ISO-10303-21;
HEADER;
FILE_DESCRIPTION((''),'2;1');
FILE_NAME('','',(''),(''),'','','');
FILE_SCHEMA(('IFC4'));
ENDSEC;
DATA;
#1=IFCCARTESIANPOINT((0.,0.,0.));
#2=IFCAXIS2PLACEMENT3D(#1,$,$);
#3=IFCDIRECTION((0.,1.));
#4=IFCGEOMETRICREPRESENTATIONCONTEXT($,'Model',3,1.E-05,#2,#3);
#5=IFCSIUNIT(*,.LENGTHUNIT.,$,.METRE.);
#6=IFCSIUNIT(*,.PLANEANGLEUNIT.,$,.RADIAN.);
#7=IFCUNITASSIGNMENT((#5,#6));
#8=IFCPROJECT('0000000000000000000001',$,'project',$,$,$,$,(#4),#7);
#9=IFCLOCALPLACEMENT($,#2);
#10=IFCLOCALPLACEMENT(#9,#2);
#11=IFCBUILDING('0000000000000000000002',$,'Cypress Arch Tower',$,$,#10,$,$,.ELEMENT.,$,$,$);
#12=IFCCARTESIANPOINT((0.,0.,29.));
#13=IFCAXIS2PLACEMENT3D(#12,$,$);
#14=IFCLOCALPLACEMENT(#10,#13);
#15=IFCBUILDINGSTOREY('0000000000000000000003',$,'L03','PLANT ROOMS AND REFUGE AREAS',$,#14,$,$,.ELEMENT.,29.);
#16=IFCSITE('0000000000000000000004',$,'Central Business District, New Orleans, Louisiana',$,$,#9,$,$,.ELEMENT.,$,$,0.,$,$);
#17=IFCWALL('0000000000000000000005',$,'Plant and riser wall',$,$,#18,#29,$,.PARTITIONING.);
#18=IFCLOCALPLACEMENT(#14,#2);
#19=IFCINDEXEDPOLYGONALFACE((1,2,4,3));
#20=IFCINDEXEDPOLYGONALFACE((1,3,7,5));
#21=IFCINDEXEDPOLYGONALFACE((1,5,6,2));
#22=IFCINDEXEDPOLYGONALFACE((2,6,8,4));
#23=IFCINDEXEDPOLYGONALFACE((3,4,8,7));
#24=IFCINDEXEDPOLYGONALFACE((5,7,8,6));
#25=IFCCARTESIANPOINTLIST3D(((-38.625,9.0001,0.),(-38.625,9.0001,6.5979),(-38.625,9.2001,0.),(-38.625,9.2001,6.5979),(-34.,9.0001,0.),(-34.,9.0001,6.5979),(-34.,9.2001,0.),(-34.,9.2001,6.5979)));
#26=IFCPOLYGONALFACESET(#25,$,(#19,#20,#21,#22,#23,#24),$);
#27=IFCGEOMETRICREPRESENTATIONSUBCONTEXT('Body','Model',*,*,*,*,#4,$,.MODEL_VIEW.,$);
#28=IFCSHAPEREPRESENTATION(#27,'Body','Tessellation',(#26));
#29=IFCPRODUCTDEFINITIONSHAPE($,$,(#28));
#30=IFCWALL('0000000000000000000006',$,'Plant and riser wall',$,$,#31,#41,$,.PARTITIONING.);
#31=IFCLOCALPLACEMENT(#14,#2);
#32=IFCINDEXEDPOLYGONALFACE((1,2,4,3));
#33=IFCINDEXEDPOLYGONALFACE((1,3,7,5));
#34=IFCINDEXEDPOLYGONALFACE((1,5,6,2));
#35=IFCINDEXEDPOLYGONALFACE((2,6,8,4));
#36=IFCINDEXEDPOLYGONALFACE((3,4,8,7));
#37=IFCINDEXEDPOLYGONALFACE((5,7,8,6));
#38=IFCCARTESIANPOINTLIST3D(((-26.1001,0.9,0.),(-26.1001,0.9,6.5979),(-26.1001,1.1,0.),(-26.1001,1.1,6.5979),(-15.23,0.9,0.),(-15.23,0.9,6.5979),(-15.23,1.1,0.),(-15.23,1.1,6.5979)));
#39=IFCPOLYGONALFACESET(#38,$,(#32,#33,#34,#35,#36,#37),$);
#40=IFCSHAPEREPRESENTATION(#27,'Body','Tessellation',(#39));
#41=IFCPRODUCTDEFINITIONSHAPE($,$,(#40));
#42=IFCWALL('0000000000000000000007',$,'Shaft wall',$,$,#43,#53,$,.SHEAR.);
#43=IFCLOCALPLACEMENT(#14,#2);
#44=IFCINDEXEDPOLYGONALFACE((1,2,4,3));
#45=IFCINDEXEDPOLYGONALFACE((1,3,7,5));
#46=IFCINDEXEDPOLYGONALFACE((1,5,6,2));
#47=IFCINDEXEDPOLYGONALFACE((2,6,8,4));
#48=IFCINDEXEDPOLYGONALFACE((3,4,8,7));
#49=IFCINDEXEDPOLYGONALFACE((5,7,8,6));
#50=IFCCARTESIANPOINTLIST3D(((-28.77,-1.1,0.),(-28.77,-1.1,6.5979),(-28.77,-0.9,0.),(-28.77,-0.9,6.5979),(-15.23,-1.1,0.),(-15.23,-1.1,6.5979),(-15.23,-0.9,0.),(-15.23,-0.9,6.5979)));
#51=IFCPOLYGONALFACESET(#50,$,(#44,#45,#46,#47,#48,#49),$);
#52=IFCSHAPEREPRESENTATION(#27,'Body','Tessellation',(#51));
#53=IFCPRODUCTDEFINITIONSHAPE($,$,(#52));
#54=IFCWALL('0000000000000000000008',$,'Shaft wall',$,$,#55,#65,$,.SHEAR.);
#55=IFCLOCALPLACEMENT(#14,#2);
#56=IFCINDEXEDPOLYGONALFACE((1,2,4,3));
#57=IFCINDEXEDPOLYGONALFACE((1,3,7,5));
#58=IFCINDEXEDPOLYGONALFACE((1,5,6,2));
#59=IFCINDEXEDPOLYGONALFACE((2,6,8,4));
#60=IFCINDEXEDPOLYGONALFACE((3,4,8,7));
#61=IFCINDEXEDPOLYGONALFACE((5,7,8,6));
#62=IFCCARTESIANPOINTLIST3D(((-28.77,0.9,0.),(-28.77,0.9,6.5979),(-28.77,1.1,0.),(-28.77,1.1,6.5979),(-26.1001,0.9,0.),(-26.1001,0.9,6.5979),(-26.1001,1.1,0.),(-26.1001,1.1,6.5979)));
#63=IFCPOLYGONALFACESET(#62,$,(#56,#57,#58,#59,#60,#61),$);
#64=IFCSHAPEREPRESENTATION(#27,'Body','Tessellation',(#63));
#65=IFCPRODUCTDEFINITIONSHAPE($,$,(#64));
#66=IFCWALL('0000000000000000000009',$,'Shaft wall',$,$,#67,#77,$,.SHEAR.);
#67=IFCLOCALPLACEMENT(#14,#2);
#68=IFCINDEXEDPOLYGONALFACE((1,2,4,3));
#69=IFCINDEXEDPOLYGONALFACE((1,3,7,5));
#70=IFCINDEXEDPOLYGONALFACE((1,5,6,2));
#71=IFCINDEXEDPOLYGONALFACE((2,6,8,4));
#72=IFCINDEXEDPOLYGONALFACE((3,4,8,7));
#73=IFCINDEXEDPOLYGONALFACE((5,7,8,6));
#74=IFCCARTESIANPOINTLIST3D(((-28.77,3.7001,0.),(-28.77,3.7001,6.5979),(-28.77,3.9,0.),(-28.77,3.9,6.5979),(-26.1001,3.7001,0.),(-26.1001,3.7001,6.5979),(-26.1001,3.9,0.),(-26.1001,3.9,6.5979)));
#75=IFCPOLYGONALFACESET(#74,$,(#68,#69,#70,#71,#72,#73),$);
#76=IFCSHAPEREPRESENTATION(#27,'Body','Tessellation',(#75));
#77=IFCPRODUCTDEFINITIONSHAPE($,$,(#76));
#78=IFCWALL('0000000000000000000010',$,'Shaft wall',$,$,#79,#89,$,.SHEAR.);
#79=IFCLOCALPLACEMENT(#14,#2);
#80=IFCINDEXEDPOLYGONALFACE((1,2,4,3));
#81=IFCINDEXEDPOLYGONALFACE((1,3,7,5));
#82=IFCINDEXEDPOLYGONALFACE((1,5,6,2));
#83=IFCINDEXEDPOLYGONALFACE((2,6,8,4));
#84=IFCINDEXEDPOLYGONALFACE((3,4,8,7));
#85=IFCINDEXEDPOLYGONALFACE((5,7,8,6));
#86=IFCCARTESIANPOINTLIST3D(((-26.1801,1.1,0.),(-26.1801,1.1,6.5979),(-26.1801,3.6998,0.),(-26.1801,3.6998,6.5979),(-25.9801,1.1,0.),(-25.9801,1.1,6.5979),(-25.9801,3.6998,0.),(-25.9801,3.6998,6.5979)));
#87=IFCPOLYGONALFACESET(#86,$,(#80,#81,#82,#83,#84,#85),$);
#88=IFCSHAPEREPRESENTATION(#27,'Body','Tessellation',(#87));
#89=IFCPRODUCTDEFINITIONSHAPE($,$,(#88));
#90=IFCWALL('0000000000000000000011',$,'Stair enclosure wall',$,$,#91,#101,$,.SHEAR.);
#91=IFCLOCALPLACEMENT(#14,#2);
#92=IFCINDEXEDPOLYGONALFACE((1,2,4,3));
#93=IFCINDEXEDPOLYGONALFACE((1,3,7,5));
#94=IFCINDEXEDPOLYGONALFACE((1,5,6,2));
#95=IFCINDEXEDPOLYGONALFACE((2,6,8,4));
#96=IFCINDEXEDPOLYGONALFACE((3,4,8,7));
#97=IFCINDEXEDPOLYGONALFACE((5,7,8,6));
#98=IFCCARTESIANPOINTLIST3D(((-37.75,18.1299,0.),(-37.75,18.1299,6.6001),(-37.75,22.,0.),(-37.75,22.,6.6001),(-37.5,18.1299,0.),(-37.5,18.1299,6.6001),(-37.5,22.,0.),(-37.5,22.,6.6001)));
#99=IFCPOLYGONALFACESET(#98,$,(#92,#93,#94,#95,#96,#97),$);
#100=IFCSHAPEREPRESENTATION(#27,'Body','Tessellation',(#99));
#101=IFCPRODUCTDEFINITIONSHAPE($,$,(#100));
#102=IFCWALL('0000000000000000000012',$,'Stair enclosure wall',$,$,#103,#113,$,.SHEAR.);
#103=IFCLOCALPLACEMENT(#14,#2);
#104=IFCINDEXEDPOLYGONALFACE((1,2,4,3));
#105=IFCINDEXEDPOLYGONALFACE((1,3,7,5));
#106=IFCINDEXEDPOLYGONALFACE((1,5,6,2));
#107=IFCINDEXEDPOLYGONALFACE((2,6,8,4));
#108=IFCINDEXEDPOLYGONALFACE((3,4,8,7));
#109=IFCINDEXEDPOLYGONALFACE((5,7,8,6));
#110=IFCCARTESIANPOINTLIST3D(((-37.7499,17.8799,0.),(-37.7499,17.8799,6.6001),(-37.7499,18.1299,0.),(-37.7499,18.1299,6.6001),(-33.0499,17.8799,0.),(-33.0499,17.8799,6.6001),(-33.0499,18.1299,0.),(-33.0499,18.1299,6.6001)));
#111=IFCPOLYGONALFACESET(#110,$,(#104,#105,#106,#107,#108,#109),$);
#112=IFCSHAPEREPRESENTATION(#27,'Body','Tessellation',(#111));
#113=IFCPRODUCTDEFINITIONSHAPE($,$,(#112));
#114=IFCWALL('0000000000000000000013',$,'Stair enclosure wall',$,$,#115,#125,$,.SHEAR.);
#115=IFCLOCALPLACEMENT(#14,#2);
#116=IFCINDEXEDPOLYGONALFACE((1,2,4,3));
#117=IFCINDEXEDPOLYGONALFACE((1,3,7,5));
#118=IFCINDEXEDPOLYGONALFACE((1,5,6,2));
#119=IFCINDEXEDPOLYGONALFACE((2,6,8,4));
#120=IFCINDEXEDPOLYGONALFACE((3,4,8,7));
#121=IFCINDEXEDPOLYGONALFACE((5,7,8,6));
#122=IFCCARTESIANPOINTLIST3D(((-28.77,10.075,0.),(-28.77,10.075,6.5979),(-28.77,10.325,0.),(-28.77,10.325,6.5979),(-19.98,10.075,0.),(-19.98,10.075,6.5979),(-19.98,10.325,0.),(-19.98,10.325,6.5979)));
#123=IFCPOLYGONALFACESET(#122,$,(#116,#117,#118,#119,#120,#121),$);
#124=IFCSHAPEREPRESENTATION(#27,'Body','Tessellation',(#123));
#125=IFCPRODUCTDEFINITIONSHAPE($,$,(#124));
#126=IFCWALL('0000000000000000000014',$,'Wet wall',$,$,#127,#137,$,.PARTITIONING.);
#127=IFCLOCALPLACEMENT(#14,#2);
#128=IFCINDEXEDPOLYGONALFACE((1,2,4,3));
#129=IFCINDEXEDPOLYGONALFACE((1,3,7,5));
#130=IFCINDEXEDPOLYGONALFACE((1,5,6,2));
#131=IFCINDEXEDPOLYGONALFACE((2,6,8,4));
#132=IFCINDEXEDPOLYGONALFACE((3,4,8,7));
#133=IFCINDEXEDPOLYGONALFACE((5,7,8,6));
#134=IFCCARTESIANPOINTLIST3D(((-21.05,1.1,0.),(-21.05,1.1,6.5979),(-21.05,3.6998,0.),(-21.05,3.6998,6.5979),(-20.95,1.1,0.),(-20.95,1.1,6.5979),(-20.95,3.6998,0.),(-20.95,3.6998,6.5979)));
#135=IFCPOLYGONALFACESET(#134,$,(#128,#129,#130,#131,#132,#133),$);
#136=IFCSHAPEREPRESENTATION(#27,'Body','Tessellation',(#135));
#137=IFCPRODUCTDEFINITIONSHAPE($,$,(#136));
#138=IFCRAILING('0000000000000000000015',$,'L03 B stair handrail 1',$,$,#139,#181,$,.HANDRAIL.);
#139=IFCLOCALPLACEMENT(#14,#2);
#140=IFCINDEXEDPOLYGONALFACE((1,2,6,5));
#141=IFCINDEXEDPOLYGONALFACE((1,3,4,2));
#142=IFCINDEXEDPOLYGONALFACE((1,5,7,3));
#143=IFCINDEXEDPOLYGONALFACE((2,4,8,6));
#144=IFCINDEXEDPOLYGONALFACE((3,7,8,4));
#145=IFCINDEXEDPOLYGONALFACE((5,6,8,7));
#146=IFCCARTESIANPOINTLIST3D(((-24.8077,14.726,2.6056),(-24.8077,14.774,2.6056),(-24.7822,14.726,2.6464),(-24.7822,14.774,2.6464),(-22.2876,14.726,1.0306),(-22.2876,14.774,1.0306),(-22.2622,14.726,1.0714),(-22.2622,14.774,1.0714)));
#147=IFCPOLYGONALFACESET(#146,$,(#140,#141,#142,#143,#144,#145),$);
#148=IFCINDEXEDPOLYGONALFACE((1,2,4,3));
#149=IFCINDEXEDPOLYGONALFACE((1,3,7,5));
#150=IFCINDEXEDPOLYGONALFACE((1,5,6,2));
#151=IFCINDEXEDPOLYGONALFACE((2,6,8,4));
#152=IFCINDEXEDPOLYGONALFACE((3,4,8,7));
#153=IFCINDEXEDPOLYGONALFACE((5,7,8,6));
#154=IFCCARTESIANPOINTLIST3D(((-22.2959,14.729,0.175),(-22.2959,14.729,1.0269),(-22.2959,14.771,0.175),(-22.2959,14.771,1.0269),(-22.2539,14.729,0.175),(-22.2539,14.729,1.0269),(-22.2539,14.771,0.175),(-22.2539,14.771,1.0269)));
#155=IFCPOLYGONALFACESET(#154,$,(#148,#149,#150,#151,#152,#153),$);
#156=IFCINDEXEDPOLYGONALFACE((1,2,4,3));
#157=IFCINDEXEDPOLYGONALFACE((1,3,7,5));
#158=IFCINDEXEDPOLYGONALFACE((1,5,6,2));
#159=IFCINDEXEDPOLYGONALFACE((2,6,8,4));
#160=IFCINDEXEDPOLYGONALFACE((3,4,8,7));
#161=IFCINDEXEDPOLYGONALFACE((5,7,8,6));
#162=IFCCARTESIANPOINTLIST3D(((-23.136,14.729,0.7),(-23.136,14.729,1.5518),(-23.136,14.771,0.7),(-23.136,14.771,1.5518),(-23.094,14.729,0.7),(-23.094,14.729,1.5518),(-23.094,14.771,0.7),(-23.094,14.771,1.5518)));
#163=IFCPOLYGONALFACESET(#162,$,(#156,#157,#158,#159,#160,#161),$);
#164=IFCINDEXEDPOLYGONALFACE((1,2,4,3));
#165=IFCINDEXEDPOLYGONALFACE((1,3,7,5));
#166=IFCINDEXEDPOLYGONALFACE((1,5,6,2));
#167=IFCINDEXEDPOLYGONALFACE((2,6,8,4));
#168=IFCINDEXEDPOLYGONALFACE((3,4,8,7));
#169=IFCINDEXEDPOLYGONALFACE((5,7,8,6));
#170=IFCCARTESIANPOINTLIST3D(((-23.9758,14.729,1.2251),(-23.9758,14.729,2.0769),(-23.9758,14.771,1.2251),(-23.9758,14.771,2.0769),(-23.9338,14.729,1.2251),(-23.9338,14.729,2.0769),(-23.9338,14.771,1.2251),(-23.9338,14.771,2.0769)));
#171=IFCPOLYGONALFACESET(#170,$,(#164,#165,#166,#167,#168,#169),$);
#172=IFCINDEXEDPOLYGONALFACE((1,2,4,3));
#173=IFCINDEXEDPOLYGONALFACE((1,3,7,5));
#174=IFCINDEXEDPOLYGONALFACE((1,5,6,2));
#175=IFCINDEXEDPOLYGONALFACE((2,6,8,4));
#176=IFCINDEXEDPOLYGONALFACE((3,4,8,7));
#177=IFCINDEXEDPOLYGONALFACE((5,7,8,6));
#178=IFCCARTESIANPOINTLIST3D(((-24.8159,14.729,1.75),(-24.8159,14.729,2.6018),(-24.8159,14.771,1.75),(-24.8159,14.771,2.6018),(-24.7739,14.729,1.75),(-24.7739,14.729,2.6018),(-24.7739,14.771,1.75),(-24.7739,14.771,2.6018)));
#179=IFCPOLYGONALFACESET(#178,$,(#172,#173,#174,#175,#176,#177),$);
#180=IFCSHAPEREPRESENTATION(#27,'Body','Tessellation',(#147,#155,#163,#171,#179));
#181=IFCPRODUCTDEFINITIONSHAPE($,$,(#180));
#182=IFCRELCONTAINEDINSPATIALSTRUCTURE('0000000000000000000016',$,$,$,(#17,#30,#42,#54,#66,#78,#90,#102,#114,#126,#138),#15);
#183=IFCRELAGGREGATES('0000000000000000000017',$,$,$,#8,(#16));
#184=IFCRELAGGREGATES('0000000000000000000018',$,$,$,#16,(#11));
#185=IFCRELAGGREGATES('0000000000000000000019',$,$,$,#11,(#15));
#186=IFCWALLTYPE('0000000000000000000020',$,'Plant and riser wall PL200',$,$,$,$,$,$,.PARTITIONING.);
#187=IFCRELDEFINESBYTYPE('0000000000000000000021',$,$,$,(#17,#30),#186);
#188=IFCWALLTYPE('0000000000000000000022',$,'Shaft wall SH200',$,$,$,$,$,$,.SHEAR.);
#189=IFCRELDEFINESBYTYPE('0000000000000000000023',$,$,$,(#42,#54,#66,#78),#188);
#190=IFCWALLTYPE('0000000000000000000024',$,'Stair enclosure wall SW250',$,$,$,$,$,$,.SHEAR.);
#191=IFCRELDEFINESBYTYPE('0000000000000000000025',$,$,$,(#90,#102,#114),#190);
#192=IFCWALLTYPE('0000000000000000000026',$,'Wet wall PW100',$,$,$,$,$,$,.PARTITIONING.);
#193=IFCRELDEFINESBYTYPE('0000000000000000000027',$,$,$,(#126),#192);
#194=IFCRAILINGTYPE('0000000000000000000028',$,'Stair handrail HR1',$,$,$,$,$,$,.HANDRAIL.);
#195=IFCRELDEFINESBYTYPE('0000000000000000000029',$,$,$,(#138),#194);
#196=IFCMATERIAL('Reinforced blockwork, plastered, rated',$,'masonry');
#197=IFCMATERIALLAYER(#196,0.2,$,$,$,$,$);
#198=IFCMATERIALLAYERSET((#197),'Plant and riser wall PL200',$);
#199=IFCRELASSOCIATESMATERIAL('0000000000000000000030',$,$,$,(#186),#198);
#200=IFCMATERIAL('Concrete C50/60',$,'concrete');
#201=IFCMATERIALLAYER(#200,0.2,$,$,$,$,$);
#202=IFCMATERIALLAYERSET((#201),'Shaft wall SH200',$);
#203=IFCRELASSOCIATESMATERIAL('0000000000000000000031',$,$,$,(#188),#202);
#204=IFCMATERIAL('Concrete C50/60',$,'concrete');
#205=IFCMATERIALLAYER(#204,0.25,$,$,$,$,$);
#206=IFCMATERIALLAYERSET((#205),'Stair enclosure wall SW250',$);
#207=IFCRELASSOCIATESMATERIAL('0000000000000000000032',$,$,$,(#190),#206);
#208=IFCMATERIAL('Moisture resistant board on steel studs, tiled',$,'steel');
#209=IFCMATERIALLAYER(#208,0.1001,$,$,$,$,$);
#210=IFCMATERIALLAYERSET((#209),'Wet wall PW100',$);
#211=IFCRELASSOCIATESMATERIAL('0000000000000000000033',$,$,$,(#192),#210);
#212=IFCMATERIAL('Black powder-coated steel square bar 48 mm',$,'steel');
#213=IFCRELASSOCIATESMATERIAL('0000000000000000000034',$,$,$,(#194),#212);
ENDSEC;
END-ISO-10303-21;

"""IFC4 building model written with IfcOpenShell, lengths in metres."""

from ifc_helpers import new_model, si_unit, direction, frame, frame_2d, origin, origin_2d, place, context, subcontext, project, spatial, rectangle, extrude, material, layer, layer_set, type_object, element, save


model = new_model("IFC4")

# Units and contexts
model_context = context("Model", 3, precision=1e-05, world=origin(), true_north=direction((0.0, 1.0)))
body_context = subcontext(model_context, "Body", "Model", "MODEL_VIEW")
ifc_project = project(units=[si_unit("LENGTHUNIT", "METRE"), si_unit("PLANEANGLEUNIT", "RADIAN")], contexts=[model_context])

# Site, building, storey
site_placement = place(None, origin())
site = spatial("IfcSite", under=ifc_project, at=site_placement, Name="Central Business District, New Orleans, Louisiana", CompositionType="ELEMENT", RefElevation=0.0)
building_placement = place(site_placement, origin())
building = spatial("IfcBuilding", under=site, at=building_placement, Name="Cypress Arch Tower", CompositionType="ELEMENT")
storey_placement = place(building_placement, frame((0.0, 0.0, 29.0)))
storey = spatial("IfcBuildingStorey", under=building, at=storey_placement, Name="L03", Description="PLANT ROOMS AND REFUGE AREAS", CompositionType="ELEMENT", Elevation=29.0)

# Walls
ifc_material_1 = material(Name="Reinforced blockwork, plastered, rated", Category="masonry")
ifc_layer_1 = layer(ifc_material_1, 0.2)
ifc_layer_set_1 = layer_set([ifc_layer_1], Name="Plant and riser wall PL200")
wall_type_1 = type_object("IfcWallType", Name="Plant and riser wall PL200", PredefinedType="PARTITIONING", material=ifc_layer_set_1)
for number, where, z_axis, x_axis, name in (
    (1, (-38.625, 9.1001, 0.0), (0.0, 0.0, 1.0), (1.0, 0.0, 0.0), "Plant and riser wall"),
):
    element("IfcWall", number, at=place(storey_placement, frame(where, z_axis=z_axis, x_axis=x_axis)), inside=storey, type_object=wall_type_1, Name=name, PredefinedType="PARTITIONING", context=body_context, shape_type="SweptSolid", body=[
        extrude(rectangle(XDim=4.625, YDim=0.2, at=frame_2d((2.3125, 0.0))), origin(), (0.0, 0.0, 1.0), 6.5979),
    ])
wall_1_placement = place(storey_placement, frame((-26.1001, 1.0, 0.0), z_axis=(0.0, 0.0, 1.0), x_axis=(1.0, 0.0, 0.0)))
element("IfcWall", 2, at=wall_1_placement, inside=storey, type_object=wall_type_1, Name="Plant and riser wall", PredefinedType="PARTITIONING", context=body_context, shape_type="SweptSolid", body=[
    extrude(rectangle(XDim=10.8701, YDim=0.2, at=frame_2d((5.4351, 0.0))), origin(), (0.0, 0.0, 1.0), 6.5979),
])
ifc_material_2 = material(Name="Concrete C50/60", Category="concrete")
ifc_layer_2 = layer(ifc_material_2, 0.2)
ifc_layer_set_2 = layer_set([ifc_layer_2], Name="Shaft wall SH200")
wall_type_2 = type_object("IfcWallType", Name="Shaft wall SH200", PredefinedType="SHEAR", material=ifc_layer_set_2)
wall_2_placement = place(storey_placement, frame((-28.77, -1.0, 0.0), z_axis=(0.0, 0.0, 1.0), x_axis=(1.0, 0.0, 0.0)))
element("IfcWall", 3, at=wall_2_placement, inside=storey, type_object=wall_type_2, Name="Shaft wall", PredefinedType="SHEAR", context=body_context, shape_type="SweptSolid", body=[
    extrude(rectangle(XDim=13.54, YDim=0.2, at=frame_2d((6.77, 0.0))), origin(), (0.0, 0.0, 1.0), 6.5979),
])
for number, where, z_axis, x_axis, name in (
    (4, (-28.77, 1.0, 0.0), (0.0, 0.0, 1.0), (1.0, 0.0, 0.0), "Shaft wall"),
    (5, (-28.77, 3.8, 0.0), (0.0, 0.0, 1.0), (1.0, 0.0, 0.0), "Shaft wall"),
):
    element("IfcWall", number, at=place(storey_placement, frame(where, z_axis=z_axis, x_axis=x_axis)), inside=storey, type_object=wall_type_2, Name=name, PredefinedType="SHEAR", context=body_context, shape_type="SweptSolid", body=[
        extrude(rectangle(XDim=2.6699, YDim=0.2, at=frame_2d((1.335, 0.0))), origin(), (0.0, 0.0, 1.0), 6.5979),
    ])
wall_3_placement = place(storey_placement, frame((-26.0801, 1.1001, 0.0), z_axis=(0.0, 0.0, 1.0), x_axis=(0.0, 1.0, 0.0)))
element("IfcWall", 6, at=wall_3_placement, inside=storey, type_object=wall_type_2, Name="Shaft wall", PredefinedType="SHEAR", context=body_context, shape_type="SweptSolid", body=[
    extrude(rectangle(XDim=2.5999, YDim=0.2, at=frame_2d((1.2998, 0.0))), origin(), (0.0, 0.0, 1.0), 6.5979),
])
ifc_material_3 = material(Name="Concrete C50/60", Category="concrete")
ifc_layer_3 = layer(ifc_material_3, 0.25)
ifc_layer_set_3 = layer_set([ifc_layer_3], Name="Stair enclosure wall SW250")
wall_type_3 = type_object("IfcWallType", Name="Stair enclosure wall SW250", PredefinedType="SHEAR", material=ifc_layer_set_3)
wall_4_placement = place(storey_placement, frame((-37.625, 18.1299, 0.0), z_axis=(0.0, 0.0, 1.0), x_axis=(0.0, 1.0, 0.0)))
element("IfcWall", 7, at=wall_4_placement, inside=storey, type_object=wall_type_3, Name="Stair enclosure wall", PredefinedType="SHEAR", context=body_context, shape_type="SweptSolid", body=[
    extrude(rectangle(XDim=3.8701, YDim=0.25, at=frame_2d((1.9351, 0.0))), origin(), (0.0, 0.0, 1.0), 6.6001),
])
wall_5_placement = place(storey_placement, frame((-37.75, 18.0049, 0.0), z_axis=(0.0, 0.0, 1.0), x_axis=(1.0, 0.0, 0.0)))
element("IfcWall", 8, at=wall_5_placement, inside=storey, type_object=wall_type_3, Name="Stair enclosure wall", PredefinedType="SHEAR", context=body_context, shape_type="SweptSolid", body=[
    extrude(rectangle(XDim=4.7, YDim=0.25, at=frame_2d((2.3501, 0.0))), origin(), (0.0, 0.0, 1.0), 6.6001),
])
wall_6_placement = place(storey_placement, frame((-28.77, 10.2, 0.0), z_axis=(0.0, 0.0, 1.0), x_axis=(1.0, 0.0, 0.0)))
element("IfcWall", 9, at=wall_6_placement, inside=storey, type_object=wall_type_3, Name="Stair enclosure wall", PredefinedType="SHEAR", context=body_context, shape_type="SweptSolid", body=[
    extrude(rectangle(XDim=8.79, YDim=0.25, at=frame_2d((4.395, 0.0))), origin(), (0.0, 0.0, 1.0), 6.5979),
])
ifc_material_4 = material(Name="Moisture resistant board on steel studs, tiled", Category="steel")
ifc_layer_4 = layer(ifc_material_4, 0.1001)
ifc_layer_set_4 = layer_set([ifc_layer_4], Name="Wet wall PW100")
wall_type_4 = type_object("IfcWallType", Name="Wet wall PW100", PredefinedType="PARTITIONING", material=ifc_layer_set_4)
wall_7_placement = place(storey_placement, frame((-21.0, 1.1001, 0.0), z_axis=(0.0, 0.0, 1.0), x_axis=(0.0, 1.0, 0.0)))
element("IfcWall", 10, at=wall_7_placement, inside=storey, type_object=wall_type_4, Name="Wet wall", PredefinedType="PARTITIONING", context=body_context, shape_type="SweptSolid", body=[
    extrude(rectangle(XDim=2.5999, YDim=0.1001, at=frame_2d((1.2998, 0.0))), origin(), (0.0, 0.0, 1.0), 6.5979),
])

# Railing
ifc_material_5 = material(Name="Black powder-coated steel square bar 48 mm", Category="steel")
railing_type_1 = type_object("IfcRailingType", Name="Stair handrail HR1", PredefinedType="HANDRAIL", material=ifc_material_5)
railing_1_placement = place(storey_placement, frame((-22.2749, 14.75, 0.175)))
element("IfcRailing", 11, at=railing_1_placement, inside=storey, type_object=railing_type_1, Name="L03 B stair handrail 1", PredefinedType="HANDRAIL", context=body_context, shape_type="SweptSolid", body=[
    extrude(rectangle(XDim=0.0481, YDim=0.0481, at=origin_2d()), frame((0.0, 0.0, 0.876), z_axis=(-0.848008, 0.0, 0.529984), x_axis=(0.0, -1.0, 0.0)), (0.0, 0.0, 1.0), 2.9717),
    extrude(rectangle(XDim=0.042, YDim=0.042, at=origin_2d()), origin(), (0.0, 0.0, 1.0), 0.8518),
    extrude(rectangle(XDim=0.042, YDim=0.042, at=origin_2d()), frame((-0.8401, 0.0, 0.5249)), (0.0, 0.0, 1.0), 0.8518),
    extrude(rectangle(XDim=0.042, YDim=0.042, at=origin_2d()), frame((-1.6799, 0.0, 1.05)), (0.0, 0.0, 1.0), 0.8518),
    extrude(rectangle(XDim=0.042, YDim=0.042, at=origin_2d()), frame((-2.52, 0.0, 1.575)), (0.0, 0.0, 1.0), 0.8518),
])

save(model, "model.ifc")
